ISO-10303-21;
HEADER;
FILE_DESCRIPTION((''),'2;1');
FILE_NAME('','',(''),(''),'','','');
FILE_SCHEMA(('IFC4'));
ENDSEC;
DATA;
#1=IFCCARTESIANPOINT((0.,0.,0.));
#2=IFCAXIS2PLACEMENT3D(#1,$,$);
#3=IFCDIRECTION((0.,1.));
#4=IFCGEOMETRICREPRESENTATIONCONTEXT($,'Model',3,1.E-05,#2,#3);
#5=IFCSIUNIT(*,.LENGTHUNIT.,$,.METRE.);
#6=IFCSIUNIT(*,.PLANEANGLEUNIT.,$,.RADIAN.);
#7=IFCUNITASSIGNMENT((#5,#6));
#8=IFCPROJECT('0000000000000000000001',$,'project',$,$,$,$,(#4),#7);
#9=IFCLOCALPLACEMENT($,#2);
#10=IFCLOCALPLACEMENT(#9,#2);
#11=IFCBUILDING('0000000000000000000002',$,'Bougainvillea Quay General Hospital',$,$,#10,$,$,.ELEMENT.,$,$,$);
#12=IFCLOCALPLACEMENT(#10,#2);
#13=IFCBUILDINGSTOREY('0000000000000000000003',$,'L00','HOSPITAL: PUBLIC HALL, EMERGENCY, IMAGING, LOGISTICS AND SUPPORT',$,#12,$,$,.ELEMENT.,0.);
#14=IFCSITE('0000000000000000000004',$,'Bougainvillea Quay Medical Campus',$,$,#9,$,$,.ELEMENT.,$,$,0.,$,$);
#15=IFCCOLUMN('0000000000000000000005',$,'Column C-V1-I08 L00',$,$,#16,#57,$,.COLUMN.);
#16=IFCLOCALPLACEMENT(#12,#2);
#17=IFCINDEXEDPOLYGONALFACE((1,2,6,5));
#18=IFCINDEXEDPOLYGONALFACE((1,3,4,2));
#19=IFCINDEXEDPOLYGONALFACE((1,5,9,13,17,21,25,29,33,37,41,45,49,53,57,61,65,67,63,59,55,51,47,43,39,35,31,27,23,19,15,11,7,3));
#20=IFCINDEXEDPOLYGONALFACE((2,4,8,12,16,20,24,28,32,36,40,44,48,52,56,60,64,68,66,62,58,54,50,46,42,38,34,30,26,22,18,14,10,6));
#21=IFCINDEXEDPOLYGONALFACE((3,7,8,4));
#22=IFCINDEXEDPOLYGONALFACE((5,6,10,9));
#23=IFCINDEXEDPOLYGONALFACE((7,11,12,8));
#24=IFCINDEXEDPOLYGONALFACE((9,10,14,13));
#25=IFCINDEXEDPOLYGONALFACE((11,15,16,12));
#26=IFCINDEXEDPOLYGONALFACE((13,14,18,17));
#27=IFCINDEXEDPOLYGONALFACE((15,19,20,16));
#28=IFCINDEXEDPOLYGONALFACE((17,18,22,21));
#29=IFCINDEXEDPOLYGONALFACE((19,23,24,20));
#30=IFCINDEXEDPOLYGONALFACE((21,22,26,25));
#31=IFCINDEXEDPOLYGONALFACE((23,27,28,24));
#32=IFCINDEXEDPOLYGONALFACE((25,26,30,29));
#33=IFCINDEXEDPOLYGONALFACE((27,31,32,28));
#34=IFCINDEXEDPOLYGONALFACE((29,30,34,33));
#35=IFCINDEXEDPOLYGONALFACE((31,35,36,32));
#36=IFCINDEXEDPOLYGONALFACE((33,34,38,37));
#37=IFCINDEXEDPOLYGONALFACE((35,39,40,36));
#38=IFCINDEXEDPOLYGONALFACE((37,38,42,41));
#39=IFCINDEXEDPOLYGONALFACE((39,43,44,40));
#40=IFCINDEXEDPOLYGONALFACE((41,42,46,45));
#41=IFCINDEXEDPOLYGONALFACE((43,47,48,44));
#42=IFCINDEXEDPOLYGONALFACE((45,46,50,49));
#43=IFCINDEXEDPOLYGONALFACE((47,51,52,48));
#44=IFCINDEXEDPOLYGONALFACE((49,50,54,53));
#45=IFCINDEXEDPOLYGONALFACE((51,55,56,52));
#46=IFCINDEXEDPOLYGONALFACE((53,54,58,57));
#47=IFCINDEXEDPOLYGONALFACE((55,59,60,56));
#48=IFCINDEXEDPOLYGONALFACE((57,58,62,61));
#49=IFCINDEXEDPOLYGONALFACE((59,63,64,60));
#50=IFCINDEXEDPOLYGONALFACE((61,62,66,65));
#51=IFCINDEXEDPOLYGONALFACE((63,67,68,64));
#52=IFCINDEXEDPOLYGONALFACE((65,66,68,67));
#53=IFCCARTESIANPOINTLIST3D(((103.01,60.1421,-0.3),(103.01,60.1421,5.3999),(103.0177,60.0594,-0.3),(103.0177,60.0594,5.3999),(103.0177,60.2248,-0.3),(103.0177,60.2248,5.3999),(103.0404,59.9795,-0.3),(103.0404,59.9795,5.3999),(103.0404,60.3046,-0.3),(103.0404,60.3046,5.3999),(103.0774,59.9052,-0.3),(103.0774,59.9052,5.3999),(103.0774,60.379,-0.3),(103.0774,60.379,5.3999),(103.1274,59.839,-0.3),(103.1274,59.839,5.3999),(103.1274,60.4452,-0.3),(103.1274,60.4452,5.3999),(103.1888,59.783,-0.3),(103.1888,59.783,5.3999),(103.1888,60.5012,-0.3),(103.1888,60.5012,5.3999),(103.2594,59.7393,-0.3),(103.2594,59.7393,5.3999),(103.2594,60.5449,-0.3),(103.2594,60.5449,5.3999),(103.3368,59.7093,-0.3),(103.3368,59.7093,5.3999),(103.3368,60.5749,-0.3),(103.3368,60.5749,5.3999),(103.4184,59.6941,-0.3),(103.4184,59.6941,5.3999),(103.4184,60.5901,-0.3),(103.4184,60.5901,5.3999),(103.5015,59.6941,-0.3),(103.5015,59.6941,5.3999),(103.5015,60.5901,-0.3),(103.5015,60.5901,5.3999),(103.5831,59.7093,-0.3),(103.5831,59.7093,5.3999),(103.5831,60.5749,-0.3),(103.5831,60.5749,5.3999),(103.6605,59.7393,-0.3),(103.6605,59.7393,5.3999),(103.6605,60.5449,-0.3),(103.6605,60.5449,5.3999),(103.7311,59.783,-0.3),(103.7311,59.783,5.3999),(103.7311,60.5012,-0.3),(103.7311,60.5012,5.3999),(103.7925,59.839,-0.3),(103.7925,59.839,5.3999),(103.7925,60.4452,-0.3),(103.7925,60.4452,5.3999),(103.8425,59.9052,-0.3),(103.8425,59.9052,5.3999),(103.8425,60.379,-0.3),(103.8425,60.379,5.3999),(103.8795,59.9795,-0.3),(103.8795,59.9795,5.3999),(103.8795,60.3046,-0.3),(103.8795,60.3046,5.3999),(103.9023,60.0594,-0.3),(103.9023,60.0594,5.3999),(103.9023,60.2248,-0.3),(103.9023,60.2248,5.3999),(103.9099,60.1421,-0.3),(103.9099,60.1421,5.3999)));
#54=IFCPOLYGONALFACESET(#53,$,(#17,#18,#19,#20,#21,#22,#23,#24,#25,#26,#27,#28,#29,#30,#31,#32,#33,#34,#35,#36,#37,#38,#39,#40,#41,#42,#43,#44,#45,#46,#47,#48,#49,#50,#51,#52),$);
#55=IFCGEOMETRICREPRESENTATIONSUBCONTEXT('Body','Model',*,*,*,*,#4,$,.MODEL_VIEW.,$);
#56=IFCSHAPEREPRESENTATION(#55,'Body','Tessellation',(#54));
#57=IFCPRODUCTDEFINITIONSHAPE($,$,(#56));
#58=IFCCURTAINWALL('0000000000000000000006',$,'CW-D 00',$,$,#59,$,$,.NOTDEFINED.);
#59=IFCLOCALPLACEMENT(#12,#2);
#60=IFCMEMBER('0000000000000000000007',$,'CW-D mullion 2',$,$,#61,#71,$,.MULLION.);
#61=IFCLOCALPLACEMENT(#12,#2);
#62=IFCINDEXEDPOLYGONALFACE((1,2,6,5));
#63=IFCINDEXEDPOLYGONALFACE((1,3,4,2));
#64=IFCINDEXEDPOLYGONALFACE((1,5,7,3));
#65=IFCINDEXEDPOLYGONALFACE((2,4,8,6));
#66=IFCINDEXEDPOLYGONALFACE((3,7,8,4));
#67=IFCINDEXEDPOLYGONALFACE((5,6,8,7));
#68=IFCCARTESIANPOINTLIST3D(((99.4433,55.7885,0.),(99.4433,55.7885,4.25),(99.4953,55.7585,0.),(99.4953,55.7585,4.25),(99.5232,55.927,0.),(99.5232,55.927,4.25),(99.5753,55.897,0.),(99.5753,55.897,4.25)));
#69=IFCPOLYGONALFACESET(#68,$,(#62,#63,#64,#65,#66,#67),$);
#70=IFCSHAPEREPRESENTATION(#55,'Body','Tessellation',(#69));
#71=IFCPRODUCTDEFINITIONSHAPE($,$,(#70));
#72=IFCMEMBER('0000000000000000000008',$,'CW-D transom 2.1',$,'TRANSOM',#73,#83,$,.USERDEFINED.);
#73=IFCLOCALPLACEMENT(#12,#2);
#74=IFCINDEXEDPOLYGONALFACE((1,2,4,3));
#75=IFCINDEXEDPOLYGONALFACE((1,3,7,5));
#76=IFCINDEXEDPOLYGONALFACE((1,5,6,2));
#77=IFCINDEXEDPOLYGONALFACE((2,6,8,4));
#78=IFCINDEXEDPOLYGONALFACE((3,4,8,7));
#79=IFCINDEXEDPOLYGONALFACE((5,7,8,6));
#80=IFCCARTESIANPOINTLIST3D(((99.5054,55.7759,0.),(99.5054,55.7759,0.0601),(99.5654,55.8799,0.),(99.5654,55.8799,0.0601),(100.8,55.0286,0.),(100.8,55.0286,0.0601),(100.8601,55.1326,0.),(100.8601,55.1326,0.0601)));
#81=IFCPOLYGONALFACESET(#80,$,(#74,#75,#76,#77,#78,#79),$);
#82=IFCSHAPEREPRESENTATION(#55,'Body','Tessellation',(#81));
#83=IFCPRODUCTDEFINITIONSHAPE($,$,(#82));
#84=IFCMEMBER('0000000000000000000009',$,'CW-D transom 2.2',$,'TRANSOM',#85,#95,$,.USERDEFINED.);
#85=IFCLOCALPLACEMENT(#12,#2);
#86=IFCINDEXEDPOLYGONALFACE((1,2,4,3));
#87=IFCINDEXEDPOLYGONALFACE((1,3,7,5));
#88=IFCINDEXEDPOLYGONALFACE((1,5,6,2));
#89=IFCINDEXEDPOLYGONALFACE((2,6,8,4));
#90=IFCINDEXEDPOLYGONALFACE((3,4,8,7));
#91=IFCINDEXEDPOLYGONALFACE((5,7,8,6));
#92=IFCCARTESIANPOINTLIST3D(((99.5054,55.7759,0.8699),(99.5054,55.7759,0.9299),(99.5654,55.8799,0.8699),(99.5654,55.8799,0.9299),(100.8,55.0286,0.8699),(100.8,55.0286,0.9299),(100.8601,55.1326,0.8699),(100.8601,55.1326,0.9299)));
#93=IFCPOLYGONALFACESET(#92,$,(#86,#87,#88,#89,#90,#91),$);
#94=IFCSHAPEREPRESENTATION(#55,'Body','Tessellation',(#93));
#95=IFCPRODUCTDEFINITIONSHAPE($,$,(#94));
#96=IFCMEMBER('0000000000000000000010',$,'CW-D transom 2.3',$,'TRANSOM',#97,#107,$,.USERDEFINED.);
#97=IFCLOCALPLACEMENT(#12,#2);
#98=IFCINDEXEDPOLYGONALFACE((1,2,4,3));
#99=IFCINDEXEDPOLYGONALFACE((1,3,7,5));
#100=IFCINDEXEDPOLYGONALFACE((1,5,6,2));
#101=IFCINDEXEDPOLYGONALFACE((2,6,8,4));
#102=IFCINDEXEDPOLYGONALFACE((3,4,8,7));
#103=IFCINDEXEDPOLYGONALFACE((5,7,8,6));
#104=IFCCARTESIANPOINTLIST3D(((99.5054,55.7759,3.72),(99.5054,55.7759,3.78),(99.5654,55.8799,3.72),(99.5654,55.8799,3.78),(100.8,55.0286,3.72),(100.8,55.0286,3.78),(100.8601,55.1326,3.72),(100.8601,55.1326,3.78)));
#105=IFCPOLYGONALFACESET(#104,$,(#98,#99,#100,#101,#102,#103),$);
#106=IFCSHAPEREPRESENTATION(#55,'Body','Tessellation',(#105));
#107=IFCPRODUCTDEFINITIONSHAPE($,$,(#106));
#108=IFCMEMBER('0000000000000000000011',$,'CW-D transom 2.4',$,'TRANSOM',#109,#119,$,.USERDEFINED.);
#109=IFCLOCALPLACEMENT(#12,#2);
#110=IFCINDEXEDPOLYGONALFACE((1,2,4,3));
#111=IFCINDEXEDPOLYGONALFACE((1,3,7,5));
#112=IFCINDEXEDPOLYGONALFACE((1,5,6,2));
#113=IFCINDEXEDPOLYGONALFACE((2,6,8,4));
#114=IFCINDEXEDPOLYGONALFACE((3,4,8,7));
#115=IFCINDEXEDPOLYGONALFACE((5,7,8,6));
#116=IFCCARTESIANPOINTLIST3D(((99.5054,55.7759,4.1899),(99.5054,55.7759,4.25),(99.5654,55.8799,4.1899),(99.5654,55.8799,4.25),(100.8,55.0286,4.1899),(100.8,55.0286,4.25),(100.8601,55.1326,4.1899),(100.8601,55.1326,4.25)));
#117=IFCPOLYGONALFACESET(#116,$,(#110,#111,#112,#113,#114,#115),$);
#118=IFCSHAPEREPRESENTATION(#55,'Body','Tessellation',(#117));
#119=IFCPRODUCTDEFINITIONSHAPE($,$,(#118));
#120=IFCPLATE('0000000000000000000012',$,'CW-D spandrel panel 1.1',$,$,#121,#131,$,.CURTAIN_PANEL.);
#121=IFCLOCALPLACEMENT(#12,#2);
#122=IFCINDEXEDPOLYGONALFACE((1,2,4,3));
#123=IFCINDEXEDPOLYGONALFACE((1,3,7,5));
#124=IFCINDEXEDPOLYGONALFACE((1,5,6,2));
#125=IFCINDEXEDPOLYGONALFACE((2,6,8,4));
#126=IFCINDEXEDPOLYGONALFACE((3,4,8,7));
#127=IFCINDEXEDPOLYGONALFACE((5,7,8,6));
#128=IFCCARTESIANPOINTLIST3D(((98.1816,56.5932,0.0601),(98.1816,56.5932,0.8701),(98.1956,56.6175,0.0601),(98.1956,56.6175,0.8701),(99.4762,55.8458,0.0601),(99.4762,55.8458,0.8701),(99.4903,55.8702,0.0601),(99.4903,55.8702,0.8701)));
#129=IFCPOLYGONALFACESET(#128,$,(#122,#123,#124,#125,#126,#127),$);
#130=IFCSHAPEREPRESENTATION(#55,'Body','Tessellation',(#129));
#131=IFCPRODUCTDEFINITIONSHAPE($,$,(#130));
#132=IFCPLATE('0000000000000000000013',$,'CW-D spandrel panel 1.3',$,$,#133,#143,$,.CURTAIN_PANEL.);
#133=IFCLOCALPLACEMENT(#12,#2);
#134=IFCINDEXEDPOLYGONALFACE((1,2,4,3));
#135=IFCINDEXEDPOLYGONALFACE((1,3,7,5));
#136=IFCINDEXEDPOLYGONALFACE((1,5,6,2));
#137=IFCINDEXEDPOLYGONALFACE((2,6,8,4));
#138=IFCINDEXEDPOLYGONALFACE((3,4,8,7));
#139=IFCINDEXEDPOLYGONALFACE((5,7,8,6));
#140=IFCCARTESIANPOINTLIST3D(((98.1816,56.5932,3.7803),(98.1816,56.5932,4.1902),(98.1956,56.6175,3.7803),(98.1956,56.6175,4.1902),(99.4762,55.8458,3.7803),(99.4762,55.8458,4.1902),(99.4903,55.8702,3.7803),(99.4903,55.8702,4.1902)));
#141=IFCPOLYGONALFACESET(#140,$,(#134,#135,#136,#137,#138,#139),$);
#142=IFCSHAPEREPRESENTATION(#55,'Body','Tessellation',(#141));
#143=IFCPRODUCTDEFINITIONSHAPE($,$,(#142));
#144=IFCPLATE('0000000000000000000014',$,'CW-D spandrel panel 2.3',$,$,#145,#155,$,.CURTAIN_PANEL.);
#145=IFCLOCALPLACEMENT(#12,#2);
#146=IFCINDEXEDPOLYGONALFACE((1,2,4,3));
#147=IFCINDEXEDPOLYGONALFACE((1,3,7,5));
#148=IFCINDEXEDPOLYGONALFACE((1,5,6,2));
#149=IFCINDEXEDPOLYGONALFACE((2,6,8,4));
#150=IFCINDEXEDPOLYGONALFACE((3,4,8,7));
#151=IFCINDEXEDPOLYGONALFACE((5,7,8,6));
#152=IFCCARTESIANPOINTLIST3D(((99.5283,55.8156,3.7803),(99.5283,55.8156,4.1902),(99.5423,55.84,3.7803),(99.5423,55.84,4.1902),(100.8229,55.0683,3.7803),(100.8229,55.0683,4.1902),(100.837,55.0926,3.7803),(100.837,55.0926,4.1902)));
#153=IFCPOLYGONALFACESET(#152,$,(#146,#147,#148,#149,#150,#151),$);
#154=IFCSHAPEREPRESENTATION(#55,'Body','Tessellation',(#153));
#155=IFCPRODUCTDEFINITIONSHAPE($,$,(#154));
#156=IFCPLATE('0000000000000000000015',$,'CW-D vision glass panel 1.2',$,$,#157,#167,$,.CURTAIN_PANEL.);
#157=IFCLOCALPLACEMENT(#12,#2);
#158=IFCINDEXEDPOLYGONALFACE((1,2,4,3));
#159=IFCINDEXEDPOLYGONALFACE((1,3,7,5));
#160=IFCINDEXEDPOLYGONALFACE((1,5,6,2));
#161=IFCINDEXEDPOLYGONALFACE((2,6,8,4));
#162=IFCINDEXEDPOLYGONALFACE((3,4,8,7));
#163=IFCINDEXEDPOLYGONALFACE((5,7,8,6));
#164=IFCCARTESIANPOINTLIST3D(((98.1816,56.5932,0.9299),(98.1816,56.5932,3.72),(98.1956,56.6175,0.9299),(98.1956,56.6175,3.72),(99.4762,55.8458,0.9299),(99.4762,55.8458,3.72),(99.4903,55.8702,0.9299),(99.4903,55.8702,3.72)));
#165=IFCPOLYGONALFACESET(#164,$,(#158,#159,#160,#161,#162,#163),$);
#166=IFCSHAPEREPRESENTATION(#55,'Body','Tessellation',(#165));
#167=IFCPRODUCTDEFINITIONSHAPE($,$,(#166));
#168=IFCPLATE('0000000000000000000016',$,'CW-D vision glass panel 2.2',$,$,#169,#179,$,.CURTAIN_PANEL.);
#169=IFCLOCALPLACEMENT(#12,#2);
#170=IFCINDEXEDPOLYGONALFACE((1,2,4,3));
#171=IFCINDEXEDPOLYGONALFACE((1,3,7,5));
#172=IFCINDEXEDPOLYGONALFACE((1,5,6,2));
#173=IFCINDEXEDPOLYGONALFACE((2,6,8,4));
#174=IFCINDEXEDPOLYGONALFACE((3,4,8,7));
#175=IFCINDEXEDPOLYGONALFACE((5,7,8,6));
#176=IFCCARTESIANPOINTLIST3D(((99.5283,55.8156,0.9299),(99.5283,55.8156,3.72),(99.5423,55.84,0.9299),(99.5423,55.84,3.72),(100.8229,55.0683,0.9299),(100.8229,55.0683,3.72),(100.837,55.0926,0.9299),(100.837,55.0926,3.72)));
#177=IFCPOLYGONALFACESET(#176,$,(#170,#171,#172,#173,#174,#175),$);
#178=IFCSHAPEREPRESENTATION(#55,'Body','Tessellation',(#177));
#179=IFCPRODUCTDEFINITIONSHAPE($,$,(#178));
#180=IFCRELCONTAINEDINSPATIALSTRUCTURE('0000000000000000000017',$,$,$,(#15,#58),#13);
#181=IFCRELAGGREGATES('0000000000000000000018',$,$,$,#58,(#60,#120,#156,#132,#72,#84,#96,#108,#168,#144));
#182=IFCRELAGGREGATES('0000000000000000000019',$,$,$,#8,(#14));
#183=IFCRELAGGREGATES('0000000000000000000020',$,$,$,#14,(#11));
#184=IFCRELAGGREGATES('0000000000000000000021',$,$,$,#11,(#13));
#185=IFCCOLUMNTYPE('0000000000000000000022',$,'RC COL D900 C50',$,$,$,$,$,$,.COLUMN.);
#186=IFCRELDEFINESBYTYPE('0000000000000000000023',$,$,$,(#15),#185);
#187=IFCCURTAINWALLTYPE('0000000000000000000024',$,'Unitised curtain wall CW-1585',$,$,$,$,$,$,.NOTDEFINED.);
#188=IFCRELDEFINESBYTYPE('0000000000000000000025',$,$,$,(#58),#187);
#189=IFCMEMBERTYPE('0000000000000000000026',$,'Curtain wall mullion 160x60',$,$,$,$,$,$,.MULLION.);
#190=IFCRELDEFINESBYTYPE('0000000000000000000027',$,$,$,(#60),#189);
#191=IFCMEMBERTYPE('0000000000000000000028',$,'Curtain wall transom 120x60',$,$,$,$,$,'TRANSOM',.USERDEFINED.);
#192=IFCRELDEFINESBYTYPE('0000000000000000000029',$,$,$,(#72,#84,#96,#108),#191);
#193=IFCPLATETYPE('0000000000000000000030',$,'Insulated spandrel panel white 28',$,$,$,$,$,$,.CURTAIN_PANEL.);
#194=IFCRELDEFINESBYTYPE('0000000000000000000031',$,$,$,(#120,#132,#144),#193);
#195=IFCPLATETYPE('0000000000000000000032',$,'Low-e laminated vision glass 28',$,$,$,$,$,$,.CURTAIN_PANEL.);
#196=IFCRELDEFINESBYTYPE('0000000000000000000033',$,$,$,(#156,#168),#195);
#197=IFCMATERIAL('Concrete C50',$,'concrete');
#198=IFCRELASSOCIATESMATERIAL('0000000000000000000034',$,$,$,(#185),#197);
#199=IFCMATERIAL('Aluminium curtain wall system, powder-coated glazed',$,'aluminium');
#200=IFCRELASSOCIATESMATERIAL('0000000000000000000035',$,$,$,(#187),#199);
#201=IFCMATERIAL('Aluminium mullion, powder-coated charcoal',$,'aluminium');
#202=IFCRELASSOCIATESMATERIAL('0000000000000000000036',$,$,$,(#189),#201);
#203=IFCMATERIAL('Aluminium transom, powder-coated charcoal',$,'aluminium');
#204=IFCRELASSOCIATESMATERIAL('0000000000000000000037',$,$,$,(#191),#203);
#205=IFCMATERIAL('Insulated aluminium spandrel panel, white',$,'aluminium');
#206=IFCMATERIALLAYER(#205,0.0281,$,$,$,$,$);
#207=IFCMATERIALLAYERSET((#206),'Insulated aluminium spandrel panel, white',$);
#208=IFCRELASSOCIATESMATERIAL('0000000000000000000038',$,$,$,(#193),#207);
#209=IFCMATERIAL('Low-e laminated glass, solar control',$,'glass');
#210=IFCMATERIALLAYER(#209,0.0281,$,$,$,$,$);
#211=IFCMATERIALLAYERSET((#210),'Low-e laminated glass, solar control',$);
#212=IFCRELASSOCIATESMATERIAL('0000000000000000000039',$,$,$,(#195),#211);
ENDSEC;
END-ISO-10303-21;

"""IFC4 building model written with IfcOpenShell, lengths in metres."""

from ifc_helpers import new_model, si_unit, direction, frame, origin, origin_2d, place, context, subcontext, project, spatial, rectangle, circle, extrude, material, layer, layer_set, material_profile, profile_set, type_object, element, aggregate, save


model = new_model("IFC4")

# Units and contexts
model_context = context("Model", 3, precision=1e-05, world=origin(), true_north=direction((0.0, 1.0)))
body_context = subcontext(model_context, "Body", "Model", "MODEL_VIEW")
ifc_project = project(units=[si_unit("LENGTHUNIT", "METRE"), si_unit("PLANEANGLEUNIT", "RADIAN")], contexts=[model_context])

# Site, building, storey
site_placement = place(None, origin())
site = spatial("IfcSite", under=ifc_project, at=site_placement, Name="Bougainvillea Quay Medical Campus", CompositionType="ELEMENT", RefElevation=0.0)
building_placement = place(site_placement, origin())
building = spatial("IfcBuilding", under=site, at=building_placement, Name="Bougainvillea Quay General Hospital", CompositionType="ELEMENT")
storey_placement = place(building_placement, origin())
storey = spatial("IfcBuildingStorey", under=building, at=storey_placement, Name="L00", Description="HOSPITAL: PUBLIC HALL, EMERGENCY, IMAGING, LOGISTICS AND SUPPORT", CompositionType="ELEMENT", Elevation=0.0)

# Column
ifc_material_1 = material(Name="Concrete C50", Category="concrete")
ifc_material_profile_1 = material_profile(ifc_material_1, circle(Radius=0.45, at=origin_2d()))
ifc_profile_set_1 = profile_set([ifc_material_profile_1], Name="Concrete C50")
column_type = type_object("IfcColumnType", Name="RC COL D900 C50", PredefinedType="COLUMN", material=ifc_profile_set_1)
column_placement = place(storey_placement, frame((103.46, 60.1421, -0.3), z_axis=(0.0, 0.0, 1.0), x_axis=(1.0, 0.0, 0.0)))
element("IfcColumn", 1, at=column_placement, inside=storey, type_object=column_type, Name="Column C-V1-I08 L00", PredefinedType="COLUMN", context=body_context, shape_type="SweptSolid", body=[
    extrude(circle(Radius=0.45, at=origin_2d()), origin(), (0.0, 0.0, 1.0), 5.7),
])

# Curtain wall, members, plates
ifc_material_2 = material(Name="Aluminium curtain wall system, powder-coated glazed", Category="aluminium")
curtain_wall_type = type_object("IfcCurtainWallType", Name="Unitised curtain wall CW-1585", PredefinedType="NOTDEFINED", material=ifc_material_2)
curtain_wall_placement = place(storey_placement, origin())
curtain_wall = element("IfcCurtainWall", 2, at=curtain_wall_placement, inside=storey, type_object=curtain_wall_type, Name="CW-D 00", PredefinedType="NOTDEFINED")
ifc_material_3 = material(Name="Aluminium mullion, powder-coated charcoal", Category="aluminium")
ifc_material_profile_2 = material_profile(ifc_material_3, rectangle(XDim=0.1599, YDim=0.0601, at=origin_2d()))
ifc_profile_set_2 = profile_set([ifc_material_profile_2], Name="Aluminium mullion, powder-coated charcoal")
member_type_1 = type_object("IfcMemberType", Name="Curtain wall mullion 160x60", PredefinedType="MULLION", material=ifc_profile_set_2)
member_1_placement = place(storey_placement, frame((99.5093, 55.8428, 0.0), z_axis=(0.0, 0.0, 1.0), x_axis=(0.499965, 0.866046, 0.0)))
member_1 = element("IfcMember", 3, at=member_1_placement, type_object=member_type_1, Name="CW-D mullion 2", PredefinedType="MULLION", context=body_context, shape_type="SweptSolid", body=[
    extrude(rectangle(XDim=0.1599, YDim=0.0601, at=origin_2d()), origin(), (0.0, 0.0, 1.0), 4.25),
])
ifc_material_4 = material(Name="Aluminium transom, powder-coated charcoal", Category="aluminium")
ifc_material_profile_3 = material_profile(ifc_material_4, rectangle(XDim=0.1201, YDim=0.0601, at=origin_2d()))
ifc_profile_set_3 = profile_set([ifc_material_profile_3], Name="Aluminium transom, powder-coated charcoal")
member_type_2 = type_object("IfcMemberType", Name="Curtain wall transom 120x60", ElementType="TRANSOM", PredefinedType="USERDEFINED", material=ifc_profile_set_3)
member_2_placement = place(storey_placement, frame((99.5354, 55.8279, 0.03), z_axis=(0.866074, -0.499916, 0.0), x_axis=(0.499916, 0.866074, 0.0)))
member_2 = element("IfcMember", 4, at=member_2_placement, type_object=member_type_2, Name="CW-D transom 2.1", ObjectType="TRANSOM", PredefinedType="USERDEFINED", context=body_context, shape_type="SweptSolid", body=[
    extrude(rectangle(XDim=0.1201, YDim=0.0601, at=origin_2d()), origin(), (0.0, 0.0, 1.0), 1.4949),
])
member_3_placement = place(storey_placement, frame((99.5354, 55.8279, 0.8999), z_axis=(0.866074, -0.499916, 0.0), x_axis=(0.499916, 0.866074, 0.0)))
member_3 = element("IfcMember", 5, at=member_3_placement, type_object=member_type_2, Name="CW-D transom 2.2", ObjectType="TRANSOM", PredefinedType="USERDEFINED", context=body_context, shape_type="SweptSolid", body=[
    extrude(rectangle(XDim=0.1201, YDim=0.0601, at=origin_2d()), origin(), (0.0, 0.0, 1.0), 1.4949),
])
member_4_placement = place(storey_placement, frame((99.5354, 55.8279, 3.75), z_axis=(0.866074, -0.499916, 0.0), x_axis=(0.499916, 0.866074, 0.0)))
member_4 = element("IfcMember", 6, at=member_4_placement, type_object=member_type_2, Name="CW-D transom 2.3", ObjectType="TRANSOM", PredefinedType="USERDEFINED", context=body_context, shape_type="SweptSolid", body=[
    extrude(rectangle(XDim=0.1201, YDim=0.0601, at=origin_2d()), origin(), (0.0, 0.0, 1.0), 1.4949),
])
member_5_placement = place(storey_placement, frame((99.5354, 55.8279, 4.22), z_axis=(0.866074, -0.499916, 0.0), x_axis=(0.499916, 0.866074, 0.0)))
member_5 = element("IfcMember", 7, at=member_5_placement, type_object=member_type_2, Name="CW-D transom 2.4", ObjectType="TRANSOM", PredefinedType="USERDEFINED", context=body_context, shape_type="SweptSolid", body=[
    extrude(rectangle(XDim=0.1201, YDim=0.0601, at=origin_2d()), origin(), (0.0, 0.0, 1.0), 1.4949),
])
ifc_material_5 = material(Name="Insulated aluminium spandrel panel, white", Category="aluminium")
ifc_layer_1 = layer(ifc_material_5, 0.0281)
ifc_layer_set_1 = layer_set([ifc_layer_1], Name="Insulated aluminium spandrel panel, white")
plate_type_1 = type_object("IfcPlateType", Name="Insulated spandrel panel white 28", PredefinedType="CURTAIN_PANEL", material=ifc_layer_set_1)
plate_1_placement = place(storey_placement, frame((98.8359, 56.2317, 0.0601), z_axis=(0.0, 0.0, 1.0), x_axis=(0.866046, -0.499965, 0.0)))
plate_1 = element("IfcPlate", 8, at=plate_1_placement, type_object=plate_type_1, Name="CW-D spandrel panel 1.1", PredefinedType="CURTAIN_PANEL", context=body_context, shape_type="SweptSolid", body=[
    extrude(rectangle(XDim=1.4949, YDim=0.0281, at=origin_2d()), origin(), (0.0, 0.0, 1.0), 0.8101),
])
plate_2_placement = place(storey_placement, frame((98.8359, 56.2317, 3.7803), z_axis=(0.0, 0.0, 1.0), x_axis=(0.866046, -0.499965, 0.0)))
plate_2 = element("IfcPlate", 9, at=plate_2_placement, type_object=plate_type_1, Name="CW-D spandrel panel 1.3", PredefinedType="CURTAIN_PANEL", context=body_context, shape_type="SweptSolid", body=[
    extrude(rectangle(XDim=1.4949, YDim=0.0281, at=origin_2d()), origin(), (0.0, 0.0, 1.0), 0.4099),
])
plate_3_placement = place(storey_placement, frame((100.1826, 55.4541, 3.7803), z_axis=(0.0, 0.0, 1.0), x_axis=(0.866046, -0.499965, 0.0)))
plate_3 = element("IfcPlate", 10, at=plate_3_placement, type_object=plate_type_1, Name="CW-D spandrel panel 2.3", PredefinedType="CURTAIN_PANEL", context=body_context, shape_type="SweptSolid", body=[
    extrude(rectangle(XDim=1.4949, YDim=0.0281, at=origin_2d()), origin(), (0.0, 0.0, 1.0), 0.4099),
])
ifc_material_6 = material(Name="Low-e laminated glass, solar control", Category="glass")
ifc_layer_2 = layer(ifc_material_6, 0.0281)
ifc_layer_set_2 = layer_set([ifc_layer_2], Name="Low-e laminated glass, solar control")
plate_type_2 = type_object("IfcPlateType", Name="Low-e laminated vision glass 28", PredefinedType="CURTAIN_PANEL", material=ifc_layer_set_2)
plate_4_placement = place(storey_placement, frame((98.8359, 56.2317, 0.9299), z_axis=(0.0, 0.0, 1.0), x_axis=(0.866046, -0.499965, 0.0)))
plate_4 = element("IfcPlate", 11, at=plate_4_placement, type_object=plate_type_2, Name="CW-D vision glass panel 1.2", PredefinedType="CURTAIN_PANEL", context=body_context, shape_type="SweptSolid", body=[
    extrude(rectangle(XDim=1.4949, YDim=0.0281, at=origin_2d()), origin(), (0.0, 0.0, 1.0), 2.79),
])
plate_5_placement = place(storey_placement, frame((100.1826, 55.4541, 0.9299), z_axis=(0.0, 0.0, 1.0), x_axis=(0.866046, -0.499965, 0.0)))
plate_5 = element("IfcPlate", 12, at=plate_5_placement, type_object=plate_type_2, Name="CW-D vision glass panel 2.2", PredefinedType="CURTAIN_PANEL", context=body_context, shape_type="SweptSolid", body=[
    extrude(rectangle(XDim=1.4949, YDim=0.0281, at=origin_2d()), origin(), (0.0, 0.0, 1.0), 2.79),
])
aggregate(curtain_wall, [member_1, plate_1, plate_4, plate_2, member_2, member_3, member_4, member_5, plate_5, plate_3])

save(model, "model.ifc")
